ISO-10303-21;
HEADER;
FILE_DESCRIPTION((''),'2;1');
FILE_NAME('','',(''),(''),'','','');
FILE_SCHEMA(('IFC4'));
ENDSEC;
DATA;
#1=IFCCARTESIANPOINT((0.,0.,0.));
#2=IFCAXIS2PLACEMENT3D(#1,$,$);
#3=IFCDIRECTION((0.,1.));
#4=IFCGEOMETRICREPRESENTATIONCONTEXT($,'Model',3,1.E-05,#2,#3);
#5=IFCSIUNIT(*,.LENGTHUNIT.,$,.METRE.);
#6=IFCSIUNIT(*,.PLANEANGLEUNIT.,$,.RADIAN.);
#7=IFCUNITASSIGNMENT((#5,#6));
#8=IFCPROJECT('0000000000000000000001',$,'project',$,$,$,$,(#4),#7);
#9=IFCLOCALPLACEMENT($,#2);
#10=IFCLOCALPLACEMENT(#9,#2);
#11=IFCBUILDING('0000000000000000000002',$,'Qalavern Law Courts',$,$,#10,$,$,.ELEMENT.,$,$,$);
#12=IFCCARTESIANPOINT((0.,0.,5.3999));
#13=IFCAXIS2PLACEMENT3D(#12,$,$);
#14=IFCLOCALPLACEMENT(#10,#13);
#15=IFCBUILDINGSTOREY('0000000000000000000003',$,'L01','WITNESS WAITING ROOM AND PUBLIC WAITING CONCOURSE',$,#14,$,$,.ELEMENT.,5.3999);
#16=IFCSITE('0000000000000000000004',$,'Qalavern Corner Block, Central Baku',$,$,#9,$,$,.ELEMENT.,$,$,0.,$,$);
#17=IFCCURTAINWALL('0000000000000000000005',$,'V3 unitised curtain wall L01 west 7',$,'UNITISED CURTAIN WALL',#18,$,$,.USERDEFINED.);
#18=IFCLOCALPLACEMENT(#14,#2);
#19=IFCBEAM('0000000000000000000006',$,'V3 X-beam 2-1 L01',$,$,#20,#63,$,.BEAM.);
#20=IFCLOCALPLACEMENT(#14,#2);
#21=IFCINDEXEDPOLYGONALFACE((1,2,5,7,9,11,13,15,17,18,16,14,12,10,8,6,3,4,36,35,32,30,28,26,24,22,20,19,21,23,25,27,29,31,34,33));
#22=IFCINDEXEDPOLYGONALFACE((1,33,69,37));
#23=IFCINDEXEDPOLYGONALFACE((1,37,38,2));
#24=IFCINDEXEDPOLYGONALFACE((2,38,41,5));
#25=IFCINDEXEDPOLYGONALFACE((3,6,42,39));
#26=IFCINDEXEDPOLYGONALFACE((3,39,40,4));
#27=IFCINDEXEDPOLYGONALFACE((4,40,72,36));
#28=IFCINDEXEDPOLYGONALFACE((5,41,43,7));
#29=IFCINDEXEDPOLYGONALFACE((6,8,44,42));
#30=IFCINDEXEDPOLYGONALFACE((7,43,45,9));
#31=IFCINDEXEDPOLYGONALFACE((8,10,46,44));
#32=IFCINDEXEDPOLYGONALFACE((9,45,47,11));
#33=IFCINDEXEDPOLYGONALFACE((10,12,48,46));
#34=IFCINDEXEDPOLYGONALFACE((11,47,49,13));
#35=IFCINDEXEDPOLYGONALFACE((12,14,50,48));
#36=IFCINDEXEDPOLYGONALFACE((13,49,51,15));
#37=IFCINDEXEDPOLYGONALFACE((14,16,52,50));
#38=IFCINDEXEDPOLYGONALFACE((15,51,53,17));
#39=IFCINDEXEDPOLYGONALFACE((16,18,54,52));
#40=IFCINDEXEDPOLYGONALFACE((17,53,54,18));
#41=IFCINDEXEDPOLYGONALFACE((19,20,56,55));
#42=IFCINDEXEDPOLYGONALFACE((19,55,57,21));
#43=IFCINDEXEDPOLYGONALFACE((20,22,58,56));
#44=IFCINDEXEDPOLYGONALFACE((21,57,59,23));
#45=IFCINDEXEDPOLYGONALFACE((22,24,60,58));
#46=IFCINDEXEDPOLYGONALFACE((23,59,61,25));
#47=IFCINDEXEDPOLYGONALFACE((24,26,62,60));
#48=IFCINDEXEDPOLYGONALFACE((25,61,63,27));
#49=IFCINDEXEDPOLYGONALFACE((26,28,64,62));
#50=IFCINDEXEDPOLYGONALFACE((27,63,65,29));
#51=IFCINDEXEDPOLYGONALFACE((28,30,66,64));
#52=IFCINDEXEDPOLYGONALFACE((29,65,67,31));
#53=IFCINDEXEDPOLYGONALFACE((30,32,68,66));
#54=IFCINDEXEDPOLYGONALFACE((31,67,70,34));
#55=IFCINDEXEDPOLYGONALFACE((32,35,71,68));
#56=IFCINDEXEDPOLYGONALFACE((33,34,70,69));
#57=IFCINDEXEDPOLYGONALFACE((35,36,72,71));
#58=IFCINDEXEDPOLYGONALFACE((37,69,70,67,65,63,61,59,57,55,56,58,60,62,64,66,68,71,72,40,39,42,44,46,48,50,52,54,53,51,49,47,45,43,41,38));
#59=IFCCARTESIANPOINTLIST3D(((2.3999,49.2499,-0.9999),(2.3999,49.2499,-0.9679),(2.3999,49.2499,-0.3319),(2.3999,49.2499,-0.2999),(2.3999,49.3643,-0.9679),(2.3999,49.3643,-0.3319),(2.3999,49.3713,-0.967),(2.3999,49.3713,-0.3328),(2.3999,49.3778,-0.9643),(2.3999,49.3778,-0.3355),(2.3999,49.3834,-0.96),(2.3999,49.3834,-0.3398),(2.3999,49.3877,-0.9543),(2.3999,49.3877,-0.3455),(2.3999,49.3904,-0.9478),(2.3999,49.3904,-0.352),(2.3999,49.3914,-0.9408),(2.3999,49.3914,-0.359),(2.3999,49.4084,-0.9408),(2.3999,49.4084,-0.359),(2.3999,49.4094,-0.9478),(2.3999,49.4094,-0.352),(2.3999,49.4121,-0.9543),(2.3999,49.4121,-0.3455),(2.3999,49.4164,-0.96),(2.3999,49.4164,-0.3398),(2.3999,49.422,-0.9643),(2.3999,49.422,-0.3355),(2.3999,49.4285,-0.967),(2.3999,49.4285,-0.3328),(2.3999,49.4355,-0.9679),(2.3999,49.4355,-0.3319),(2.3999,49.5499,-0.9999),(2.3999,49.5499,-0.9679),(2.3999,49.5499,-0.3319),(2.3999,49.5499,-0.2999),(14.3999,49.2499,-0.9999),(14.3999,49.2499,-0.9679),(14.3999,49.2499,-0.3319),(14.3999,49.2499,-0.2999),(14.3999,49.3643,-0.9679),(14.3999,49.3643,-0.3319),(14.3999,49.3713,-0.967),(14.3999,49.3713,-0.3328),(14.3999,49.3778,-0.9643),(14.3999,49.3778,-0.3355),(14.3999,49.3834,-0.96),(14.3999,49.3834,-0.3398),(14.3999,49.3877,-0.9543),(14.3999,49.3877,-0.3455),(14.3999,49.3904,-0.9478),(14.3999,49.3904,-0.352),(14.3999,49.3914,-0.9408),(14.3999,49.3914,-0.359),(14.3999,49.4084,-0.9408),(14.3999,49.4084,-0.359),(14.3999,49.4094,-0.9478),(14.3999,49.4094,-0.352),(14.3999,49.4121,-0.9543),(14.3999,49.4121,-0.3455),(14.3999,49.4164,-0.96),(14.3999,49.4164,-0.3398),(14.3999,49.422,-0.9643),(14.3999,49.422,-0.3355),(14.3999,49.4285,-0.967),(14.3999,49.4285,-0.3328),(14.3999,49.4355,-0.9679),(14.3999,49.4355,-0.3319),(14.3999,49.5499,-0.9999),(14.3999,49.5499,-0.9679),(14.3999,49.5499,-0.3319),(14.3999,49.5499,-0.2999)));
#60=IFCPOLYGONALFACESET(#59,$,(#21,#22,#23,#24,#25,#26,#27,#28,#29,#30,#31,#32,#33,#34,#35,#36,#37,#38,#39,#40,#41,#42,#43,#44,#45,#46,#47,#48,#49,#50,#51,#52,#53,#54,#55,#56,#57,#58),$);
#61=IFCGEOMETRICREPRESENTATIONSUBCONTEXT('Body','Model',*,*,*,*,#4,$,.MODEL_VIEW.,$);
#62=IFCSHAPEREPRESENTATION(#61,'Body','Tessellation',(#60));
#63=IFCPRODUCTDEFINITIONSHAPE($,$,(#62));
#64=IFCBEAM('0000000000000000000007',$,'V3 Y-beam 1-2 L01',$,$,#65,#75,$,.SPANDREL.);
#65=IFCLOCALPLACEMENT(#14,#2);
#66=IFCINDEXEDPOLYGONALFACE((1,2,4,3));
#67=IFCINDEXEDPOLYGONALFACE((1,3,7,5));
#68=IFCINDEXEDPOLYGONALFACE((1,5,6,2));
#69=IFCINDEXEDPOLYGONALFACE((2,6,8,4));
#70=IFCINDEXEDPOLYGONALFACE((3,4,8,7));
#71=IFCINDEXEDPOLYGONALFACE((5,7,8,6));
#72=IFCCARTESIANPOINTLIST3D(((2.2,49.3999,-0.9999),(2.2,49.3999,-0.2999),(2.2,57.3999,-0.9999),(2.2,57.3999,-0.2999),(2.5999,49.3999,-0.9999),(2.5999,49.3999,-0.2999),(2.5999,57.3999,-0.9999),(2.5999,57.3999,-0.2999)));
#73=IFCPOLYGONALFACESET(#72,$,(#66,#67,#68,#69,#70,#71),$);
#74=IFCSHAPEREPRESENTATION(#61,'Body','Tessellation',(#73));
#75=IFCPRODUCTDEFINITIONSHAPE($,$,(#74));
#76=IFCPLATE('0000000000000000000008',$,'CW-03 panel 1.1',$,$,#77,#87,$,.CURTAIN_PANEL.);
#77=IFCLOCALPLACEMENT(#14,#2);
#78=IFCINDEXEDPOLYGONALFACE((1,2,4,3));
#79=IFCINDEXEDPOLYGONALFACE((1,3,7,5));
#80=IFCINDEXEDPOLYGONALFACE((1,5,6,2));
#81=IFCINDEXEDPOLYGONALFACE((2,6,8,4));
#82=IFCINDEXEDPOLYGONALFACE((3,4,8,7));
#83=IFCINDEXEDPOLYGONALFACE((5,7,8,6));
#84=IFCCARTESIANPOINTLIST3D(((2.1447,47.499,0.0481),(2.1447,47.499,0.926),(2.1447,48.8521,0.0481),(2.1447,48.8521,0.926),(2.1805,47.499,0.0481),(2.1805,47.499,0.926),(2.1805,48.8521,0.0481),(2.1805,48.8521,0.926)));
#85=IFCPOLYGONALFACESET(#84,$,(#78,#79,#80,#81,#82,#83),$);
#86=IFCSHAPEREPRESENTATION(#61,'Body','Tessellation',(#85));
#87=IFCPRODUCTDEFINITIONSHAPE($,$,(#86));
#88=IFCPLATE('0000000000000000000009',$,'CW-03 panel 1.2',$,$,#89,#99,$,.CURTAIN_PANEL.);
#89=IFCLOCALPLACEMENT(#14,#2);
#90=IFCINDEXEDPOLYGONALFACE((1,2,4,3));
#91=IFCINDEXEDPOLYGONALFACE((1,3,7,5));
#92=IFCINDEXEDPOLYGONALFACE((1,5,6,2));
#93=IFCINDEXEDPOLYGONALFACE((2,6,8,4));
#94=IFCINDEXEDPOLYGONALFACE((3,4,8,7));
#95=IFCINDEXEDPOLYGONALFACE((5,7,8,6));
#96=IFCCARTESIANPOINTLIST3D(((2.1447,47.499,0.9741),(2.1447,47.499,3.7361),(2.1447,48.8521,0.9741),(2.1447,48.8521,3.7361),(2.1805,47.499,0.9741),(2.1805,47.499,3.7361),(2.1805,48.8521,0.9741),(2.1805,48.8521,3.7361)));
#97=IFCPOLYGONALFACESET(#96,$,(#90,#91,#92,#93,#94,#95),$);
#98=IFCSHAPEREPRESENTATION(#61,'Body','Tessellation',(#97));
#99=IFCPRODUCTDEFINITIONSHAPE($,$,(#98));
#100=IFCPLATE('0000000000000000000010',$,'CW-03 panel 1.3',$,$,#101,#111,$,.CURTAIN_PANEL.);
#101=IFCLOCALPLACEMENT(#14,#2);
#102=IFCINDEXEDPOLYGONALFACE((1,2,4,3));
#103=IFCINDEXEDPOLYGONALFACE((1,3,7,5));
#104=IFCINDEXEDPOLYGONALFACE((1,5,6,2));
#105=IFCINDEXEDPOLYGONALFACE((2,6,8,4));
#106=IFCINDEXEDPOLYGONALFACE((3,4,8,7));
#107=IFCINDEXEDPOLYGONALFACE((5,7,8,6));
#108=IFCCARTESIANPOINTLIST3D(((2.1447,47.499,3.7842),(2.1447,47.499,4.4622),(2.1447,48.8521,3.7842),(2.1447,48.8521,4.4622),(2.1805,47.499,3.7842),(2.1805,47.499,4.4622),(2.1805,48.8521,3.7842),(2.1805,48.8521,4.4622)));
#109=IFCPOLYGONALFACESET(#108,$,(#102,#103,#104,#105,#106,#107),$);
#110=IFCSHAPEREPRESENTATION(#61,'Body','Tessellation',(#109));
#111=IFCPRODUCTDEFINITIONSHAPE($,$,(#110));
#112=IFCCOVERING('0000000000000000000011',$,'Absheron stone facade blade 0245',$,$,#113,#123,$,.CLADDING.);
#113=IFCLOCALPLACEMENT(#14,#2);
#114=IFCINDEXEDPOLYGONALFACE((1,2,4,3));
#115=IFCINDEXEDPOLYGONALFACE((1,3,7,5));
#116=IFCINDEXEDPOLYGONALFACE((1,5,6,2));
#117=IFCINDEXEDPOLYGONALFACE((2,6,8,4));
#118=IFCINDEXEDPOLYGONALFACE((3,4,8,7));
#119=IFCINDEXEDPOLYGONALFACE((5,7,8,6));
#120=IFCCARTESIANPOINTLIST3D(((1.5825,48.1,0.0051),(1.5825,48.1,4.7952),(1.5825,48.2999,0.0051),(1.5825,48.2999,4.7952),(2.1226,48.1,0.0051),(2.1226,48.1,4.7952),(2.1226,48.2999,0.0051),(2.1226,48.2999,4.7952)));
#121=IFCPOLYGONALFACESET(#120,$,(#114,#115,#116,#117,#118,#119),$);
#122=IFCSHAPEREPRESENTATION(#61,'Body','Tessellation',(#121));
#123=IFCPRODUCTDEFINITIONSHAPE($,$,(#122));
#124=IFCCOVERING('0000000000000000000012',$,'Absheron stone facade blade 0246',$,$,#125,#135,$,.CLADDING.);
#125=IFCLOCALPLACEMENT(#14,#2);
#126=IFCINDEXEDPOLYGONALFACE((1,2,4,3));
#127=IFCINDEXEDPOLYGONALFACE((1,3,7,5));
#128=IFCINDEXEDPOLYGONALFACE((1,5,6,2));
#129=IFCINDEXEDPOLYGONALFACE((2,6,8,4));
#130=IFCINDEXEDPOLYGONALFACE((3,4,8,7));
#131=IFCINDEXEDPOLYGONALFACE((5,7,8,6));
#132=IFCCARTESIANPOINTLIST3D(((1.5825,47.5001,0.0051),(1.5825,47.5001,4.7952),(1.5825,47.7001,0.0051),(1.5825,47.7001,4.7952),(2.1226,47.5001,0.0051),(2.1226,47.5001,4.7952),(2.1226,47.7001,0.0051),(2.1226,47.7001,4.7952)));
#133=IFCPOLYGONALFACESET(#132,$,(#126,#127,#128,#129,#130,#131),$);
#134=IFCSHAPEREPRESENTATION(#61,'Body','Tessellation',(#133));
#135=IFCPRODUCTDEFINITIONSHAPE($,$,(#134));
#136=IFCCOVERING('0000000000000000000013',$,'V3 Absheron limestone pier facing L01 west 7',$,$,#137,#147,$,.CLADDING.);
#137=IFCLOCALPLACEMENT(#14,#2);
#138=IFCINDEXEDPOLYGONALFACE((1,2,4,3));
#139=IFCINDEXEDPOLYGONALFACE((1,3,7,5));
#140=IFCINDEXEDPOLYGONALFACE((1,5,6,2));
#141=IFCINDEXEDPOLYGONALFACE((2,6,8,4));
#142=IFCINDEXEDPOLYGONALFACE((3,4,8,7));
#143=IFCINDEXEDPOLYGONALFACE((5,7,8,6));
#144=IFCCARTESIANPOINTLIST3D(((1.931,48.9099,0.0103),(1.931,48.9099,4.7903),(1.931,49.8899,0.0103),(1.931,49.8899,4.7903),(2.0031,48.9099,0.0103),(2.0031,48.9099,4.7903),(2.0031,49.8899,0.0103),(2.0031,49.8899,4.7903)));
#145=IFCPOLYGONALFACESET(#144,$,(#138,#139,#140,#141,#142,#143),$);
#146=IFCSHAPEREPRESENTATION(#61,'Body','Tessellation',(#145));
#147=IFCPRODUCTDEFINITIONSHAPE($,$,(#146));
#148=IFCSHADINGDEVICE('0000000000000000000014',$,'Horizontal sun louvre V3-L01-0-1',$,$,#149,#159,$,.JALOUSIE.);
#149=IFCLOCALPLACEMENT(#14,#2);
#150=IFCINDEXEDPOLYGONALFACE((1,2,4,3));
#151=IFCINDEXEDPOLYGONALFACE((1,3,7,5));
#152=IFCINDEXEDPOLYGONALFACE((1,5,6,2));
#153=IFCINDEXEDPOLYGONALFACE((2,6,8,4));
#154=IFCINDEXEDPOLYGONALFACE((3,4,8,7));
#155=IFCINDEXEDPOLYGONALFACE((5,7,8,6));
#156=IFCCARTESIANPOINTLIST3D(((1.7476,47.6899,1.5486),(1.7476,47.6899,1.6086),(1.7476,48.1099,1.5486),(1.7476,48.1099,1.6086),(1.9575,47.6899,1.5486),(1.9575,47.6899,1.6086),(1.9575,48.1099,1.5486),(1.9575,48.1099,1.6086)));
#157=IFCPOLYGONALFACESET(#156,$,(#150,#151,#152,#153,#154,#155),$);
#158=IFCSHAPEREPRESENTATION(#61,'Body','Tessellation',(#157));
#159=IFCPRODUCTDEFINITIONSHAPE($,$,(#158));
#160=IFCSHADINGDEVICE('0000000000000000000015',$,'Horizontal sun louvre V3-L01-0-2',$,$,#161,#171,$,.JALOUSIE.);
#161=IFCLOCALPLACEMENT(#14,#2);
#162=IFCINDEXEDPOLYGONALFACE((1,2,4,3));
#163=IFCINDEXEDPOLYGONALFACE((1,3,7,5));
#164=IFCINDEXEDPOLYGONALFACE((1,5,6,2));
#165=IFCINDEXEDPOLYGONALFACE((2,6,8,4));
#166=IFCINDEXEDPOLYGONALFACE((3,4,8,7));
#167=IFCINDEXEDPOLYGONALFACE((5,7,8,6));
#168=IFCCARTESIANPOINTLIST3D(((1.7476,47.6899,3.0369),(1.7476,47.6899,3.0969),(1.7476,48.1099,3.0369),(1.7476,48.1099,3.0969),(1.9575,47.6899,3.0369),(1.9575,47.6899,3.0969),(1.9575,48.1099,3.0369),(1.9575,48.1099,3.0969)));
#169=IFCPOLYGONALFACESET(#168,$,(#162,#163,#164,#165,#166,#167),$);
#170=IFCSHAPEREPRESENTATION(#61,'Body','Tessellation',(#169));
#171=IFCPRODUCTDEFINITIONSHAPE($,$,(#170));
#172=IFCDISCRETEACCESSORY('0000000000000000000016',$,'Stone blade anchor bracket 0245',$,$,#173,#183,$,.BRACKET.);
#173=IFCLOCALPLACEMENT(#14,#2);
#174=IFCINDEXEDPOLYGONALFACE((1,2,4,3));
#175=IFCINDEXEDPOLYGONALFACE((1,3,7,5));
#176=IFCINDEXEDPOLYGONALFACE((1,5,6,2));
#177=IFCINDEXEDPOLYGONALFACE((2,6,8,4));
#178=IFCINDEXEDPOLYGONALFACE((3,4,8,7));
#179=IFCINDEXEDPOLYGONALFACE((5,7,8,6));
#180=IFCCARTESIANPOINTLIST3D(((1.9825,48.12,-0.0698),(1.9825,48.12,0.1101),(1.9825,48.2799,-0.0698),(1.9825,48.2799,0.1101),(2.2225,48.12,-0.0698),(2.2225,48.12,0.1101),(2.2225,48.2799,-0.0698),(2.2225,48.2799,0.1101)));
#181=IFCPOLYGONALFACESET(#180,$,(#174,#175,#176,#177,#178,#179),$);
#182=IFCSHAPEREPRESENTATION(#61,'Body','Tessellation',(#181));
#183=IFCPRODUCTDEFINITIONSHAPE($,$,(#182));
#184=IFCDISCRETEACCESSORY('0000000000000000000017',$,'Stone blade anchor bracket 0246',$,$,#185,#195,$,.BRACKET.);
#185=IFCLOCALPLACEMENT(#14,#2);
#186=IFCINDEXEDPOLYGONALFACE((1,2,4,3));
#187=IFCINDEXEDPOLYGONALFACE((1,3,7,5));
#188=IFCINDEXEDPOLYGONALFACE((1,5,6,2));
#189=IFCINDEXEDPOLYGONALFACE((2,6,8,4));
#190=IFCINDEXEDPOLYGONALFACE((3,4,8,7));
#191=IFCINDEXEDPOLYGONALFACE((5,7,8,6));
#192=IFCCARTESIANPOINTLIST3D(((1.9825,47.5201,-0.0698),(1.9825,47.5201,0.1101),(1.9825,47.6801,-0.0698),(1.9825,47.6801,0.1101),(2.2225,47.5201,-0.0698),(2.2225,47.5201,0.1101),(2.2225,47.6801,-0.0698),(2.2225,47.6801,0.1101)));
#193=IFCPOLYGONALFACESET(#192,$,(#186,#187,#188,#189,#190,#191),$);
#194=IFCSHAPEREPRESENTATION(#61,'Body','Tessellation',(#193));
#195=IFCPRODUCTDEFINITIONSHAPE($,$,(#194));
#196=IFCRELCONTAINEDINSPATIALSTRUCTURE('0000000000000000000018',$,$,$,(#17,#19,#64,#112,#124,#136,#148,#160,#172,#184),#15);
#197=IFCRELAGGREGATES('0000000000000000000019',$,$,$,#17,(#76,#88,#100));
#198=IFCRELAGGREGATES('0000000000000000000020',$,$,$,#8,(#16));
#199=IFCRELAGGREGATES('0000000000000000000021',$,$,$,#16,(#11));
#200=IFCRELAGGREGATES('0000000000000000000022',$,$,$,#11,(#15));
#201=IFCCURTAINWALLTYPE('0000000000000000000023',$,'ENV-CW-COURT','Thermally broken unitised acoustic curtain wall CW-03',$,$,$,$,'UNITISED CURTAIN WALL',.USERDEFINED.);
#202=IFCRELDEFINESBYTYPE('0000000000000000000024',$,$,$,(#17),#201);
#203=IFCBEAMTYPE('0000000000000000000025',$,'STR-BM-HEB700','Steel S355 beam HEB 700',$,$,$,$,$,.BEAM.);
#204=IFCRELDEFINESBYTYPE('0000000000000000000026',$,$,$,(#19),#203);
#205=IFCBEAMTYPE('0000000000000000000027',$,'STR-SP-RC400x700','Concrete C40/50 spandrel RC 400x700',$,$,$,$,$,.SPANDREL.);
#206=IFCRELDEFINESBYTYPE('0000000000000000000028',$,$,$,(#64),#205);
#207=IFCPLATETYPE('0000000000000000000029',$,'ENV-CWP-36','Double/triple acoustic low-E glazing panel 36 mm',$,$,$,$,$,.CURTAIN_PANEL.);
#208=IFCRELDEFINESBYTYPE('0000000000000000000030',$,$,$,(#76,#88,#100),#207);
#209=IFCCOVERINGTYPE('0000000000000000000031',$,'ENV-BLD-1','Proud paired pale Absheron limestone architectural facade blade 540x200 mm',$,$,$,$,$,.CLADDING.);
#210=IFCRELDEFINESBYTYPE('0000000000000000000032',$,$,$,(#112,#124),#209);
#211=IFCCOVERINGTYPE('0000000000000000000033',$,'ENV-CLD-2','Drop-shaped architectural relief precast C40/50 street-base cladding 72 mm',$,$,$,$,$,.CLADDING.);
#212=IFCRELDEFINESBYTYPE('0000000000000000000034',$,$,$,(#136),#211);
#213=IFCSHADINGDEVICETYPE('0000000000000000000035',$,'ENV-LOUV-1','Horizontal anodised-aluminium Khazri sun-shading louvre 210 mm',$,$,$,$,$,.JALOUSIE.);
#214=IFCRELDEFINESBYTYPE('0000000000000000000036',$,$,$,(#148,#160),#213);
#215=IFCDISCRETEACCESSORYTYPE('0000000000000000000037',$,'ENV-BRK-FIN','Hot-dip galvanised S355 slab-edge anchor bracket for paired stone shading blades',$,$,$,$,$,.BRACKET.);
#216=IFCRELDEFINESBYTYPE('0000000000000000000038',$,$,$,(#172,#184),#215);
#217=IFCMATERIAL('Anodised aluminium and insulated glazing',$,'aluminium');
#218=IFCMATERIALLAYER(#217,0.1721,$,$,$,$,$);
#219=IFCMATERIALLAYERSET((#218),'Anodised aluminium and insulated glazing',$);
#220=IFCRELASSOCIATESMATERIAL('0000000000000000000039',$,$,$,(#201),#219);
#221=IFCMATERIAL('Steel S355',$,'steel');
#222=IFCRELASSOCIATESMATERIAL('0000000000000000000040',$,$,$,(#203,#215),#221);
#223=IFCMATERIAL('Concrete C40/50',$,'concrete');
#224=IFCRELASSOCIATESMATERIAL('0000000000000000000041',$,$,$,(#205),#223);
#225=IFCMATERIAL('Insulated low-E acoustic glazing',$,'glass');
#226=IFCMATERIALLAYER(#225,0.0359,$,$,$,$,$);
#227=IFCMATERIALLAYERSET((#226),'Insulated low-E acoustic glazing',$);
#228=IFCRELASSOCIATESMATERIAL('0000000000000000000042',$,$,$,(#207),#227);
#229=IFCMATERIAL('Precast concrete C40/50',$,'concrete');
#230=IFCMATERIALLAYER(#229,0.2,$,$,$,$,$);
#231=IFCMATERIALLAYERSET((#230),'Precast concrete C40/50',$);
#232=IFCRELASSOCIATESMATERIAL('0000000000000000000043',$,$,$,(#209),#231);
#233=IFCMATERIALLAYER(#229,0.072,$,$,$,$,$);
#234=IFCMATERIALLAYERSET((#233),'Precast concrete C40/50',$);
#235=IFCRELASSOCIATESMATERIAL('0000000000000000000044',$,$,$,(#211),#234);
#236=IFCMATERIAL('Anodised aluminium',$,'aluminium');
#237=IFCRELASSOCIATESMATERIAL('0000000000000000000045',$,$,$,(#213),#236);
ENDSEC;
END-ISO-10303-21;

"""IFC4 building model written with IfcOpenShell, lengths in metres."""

from ifc_helpers import new_model, si_unit, direction, frame, origin, origin_2d, place, context, subcontext, project, spatial, rectangle, i_section, extrude, material, layer, layer_set, material_profile, profile_set, type_object, element, aggregate, save


model = new_model("IFC4")

# Units and contexts
model_context = context("Model", 3, precision=1e-05, world=origin(), true_north=direction((0.0, 1.0)))
body_context = subcontext(model_context, "Body", "Model", "MODEL_VIEW")
ifc_project = project(units=[si_unit("LENGTHUNIT", "METRE"), si_unit("PLANEANGLEUNIT", "RADIAN")], contexts=[model_context])

# Site, building, storey
site_placement = place(None, origin())
site = spatial("IfcSite", under=ifc_project, at=site_placement, Name="Qalavern Corner Block, Central Baku", CompositionType="ELEMENT", RefElevation=0.0)
building_placement = place(site_placement, origin())
building = spatial("IfcBuilding", under=site, at=building_placement, Name="Qalavern Law Courts", CompositionType="ELEMENT")
storey_placement = place(building_placement, frame((0.0, 0.0, 5.3999)))
storey = spatial("IfcBuildingStorey", under=building, at=storey_placement, Name="L01", Description="WITNESS WAITING ROOM AND PUBLIC WAITING CONCOURSE", CompositionType="ELEMENT", Elevation=5.3999)

# Curtain wall
ifc_material_1 = material(Name="Anodised aluminium and insulated glazing", Category="aluminium")
ifc_layer_1 = layer(ifc_material_1, 0.1721)
ifc_layer_set_1 = layer_set([ifc_layer_1], Name="Anodised aluminium and insulated glazing")
curtain_wall_type = type_object("IfcCurtainWallType", Name="ENV-CW-COURT", Description="Thermally broken unitised acoustic curtain wall CW-03", ElementType="UNITISED CURTAIN WALL", PredefinedType="USERDEFINED", material=ifc_layer_set_1)
curtain_wall_placement = place(storey_placement, origin())
curtain_wall = element("IfcCurtainWall", 1, at=curtain_wall_placement, inside=storey, type_object=curtain_wall_type, Name="V3 unitised curtain wall L01 west 7", ObjectType="UNITISED CURTAIN WALL", PredefinedType="USERDEFINED")
ifc_material_2 = material(Name="Anodised aluminium", Category="aluminium")

# Beams
ifc_material_3 = material(Name="Steel S355", Category="steel")
ifc_material_profile_1 = material_profile(ifc_material_3, i_section(OverallWidth=0.3, OverallDepth=0.7, WebThickness=0.0171, FlangeThickness=0.032, FilletRadius=0.0271, at=origin_2d()), Name="HEB 700")
ifc_profile_set_1 = profile_set([ifc_material_profile_1], Name="Steel S355")
beam_type_1 = type_object("IfcBeamType", Name="STR-BM-HEB700", Description="Steel S355 beam HEB 700", PredefinedType="BEAM", material=ifc_profile_set_1)
beam_1_placement = place(storey_placement, frame((2.3999, 49.3999, -0.6499), z_axis=(1.0, 0.0, 0.0), x_axis=(0.0, 1.0, 0.0)))
element("IfcBeam", 2, at=beam_1_placement, inside=storey, type_object=beam_type_1, Name="V3 X-beam 2-1 L01", PredefinedType="BEAM", context=body_context, shape_type="SweptSolid", body=[
    extrude(i_section(OverallWidth=0.3, OverallDepth=0.7, WebThickness=0.0171, FlangeThickness=0.032, FilletRadius=0.0271, at=origin_2d()), origin(), (0.0, 0.0, 1.0), 12.0),
])
ifc_material_4 = material(Name="Concrete C40/50", Category="concrete")
ifc_material_profile_2 = material_profile(ifc_material_4, rectangle(XDim=0.3999, YDim=0.7, at=origin_2d()), Name="RC 400x700")
ifc_profile_set_2 = profile_set([ifc_material_profile_2], Name="Concrete C40/50")
beam_type_2 = type_object("IfcBeamType", Name="STR-SP-RC400x700", Description="Concrete C40/50 spandrel RC 400x700", PredefinedType="SPANDREL", material=ifc_profile_set_2)
beam_2_placement = place(storey_placement, frame((2.3999, 49.3999, -0.6499), z_axis=(0.0, 1.0, 0.0), x_axis=(-1.0, 0.0, 0.0)))
element("IfcBeam", 3, at=beam_2_placement, inside=storey, type_object=beam_type_2, Name="V3 Y-beam 1-2 L01", PredefinedType="SPANDREL", context=body_context, shape_type="SweptSolid", body=[
    extrude(rectangle(XDim=0.3999, YDim=0.7, at=origin_2d()), origin(), (0.0, 0.0, 1.0), 8.0),
])

# Plates
ifc_material_5 = material(Name="Insulated low-E acoustic glazing", Category="glass")
ifc_layer_2 = layer(ifc_material_5, 0.0359)
ifc_layer_set_2 = layer_set([ifc_layer_2], Name="Insulated low-E acoustic glazing")
plate_type = type_object("IfcPlateType", Name="ENV-CWP-36", Description="Double/triple acoustic low-E glazing panel 36 mm", PredefinedType="CURTAIN_PANEL", material=ifc_layer_set_2)
plate_1_placement = place(storey_placement, frame((2.1626, 48.1755, 0.0481), z_axis=(0.0, 0.0, 1.0), x_axis=(0.0, -1.0, 0.0)))
plate_1 = element("IfcPlate", 4, at=plate_1_placement, type_object=plate_type, Name="CW-03 panel 1.1", PredefinedType="CURTAIN_PANEL", context=body_context, shape_type="SweptSolid", body=[
    extrude(rectangle(XDim=1.353, YDim=0.0359, at=origin_2d()), origin(), (0.0, 0.0, 1.0), 0.8779),
])
plate_2_placement = place(storey_placement, frame((2.1626, 48.1755, 0.9741), z_axis=(0.0, 0.0, 1.0), x_axis=(0.0, -1.0, 0.0)))
plate_2 = element("IfcPlate", 5, at=plate_2_placement, type_object=plate_type, Name="CW-03 panel 1.2", PredefinedType="CURTAIN_PANEL", context=body_context, shape_type="SweptSolid", body=[
    extrude(rectangle(XDim=1.353, YDim=0.0359, at=origin_2d()), origin(), (0.0, 0.0, 1.0), 2.762),
])
plate_3_placement = place(storey_placement, frame((2.1626, 48.1755, 3.7842), z_axis=(0.0, 0.0, 1.0), x_axis=(0.0, -1.0, 0.0)))
plate_3 = element("IfcPlate", 6, at=plate_3_placement, type_object=plate_type, Name="CW-03 panel 1.3", PredefinedType="CURTAIN_PANEL", context=body_context, shape_type="SweptSolid", body=[
    extrude(rectangle(XDim=1.353, YDim=0.0359, at=origin_2d()), origin(), (0.0, 0.0, 1.0), 0.678),
])
aggregate(curtain_wall, [plate_1, plate_2, plate_3])

# Coverings
ifc_material_6 = material(Name="Precast concrete C40/50", Category="concrete")
ifc_layer_3 = layer(ifc_material_6, 0.2)
ifc_layer_set_3 = layer_set([ifc_layer_3], Name="Precast concrete C40/50")
covering_type_1 = type_object("IfcCoveringType", Name="ENV-BLD-1", Description="Proud paired pale Absheron limestone architectural facade blade 540x200 mm", PredefinedType="CLADDING", material=ifc_layer_set_3)
for number, where, z_axis, x_axis, name in (
    (7, (1.8525, 48.2, 0.0051), (0.0, 0.0, 1.0), (-1.0, 0.0, 0.0), "Absheron stone facade blade 0245"),
    (8, (1.8525, 47.6001, 0.0051), (0.0, 0.0, 1.0), (-1.0, 0.0, 0.0), "Absheron stone facade blade 0246"),
):
    element("IfcCovering", number, at=place(storey_placement, frame(where, z_axis=z_axis, x_axis=x_axis)), inside=storey, type_object=covering_type_1, Name=name, PredefinedType="CLADDING", context=body_context, shape_type="SweptSolid", body=[
        extrude(rectangle(XDim=0.54, YDim=0.2, at=origin_2d()), origin(), (0.0, 0.0, 1.0), 4.79),
    ])
ifc_layer_4 = layer(ifc_material_6, 0.072)
ifc_layer_set_4 = layer_set([ifc_layer_4], Name="Precast concrete C40/50")
covering_type_2 = type_object("IfcCoveringType", Name="ENV-CLD-2", Description="Drop-shaped architectural relief precast C40/50 street-base cladding 72 mm", PredefinedType="CLADDING", material=ifc_layer_set_4)
covering_placement = place(storey_placement, frame((1.967, 49.3999, 0.0103), z_axis=(0.0, 0.0, 1.0), x_axis=(0.0, -1.0, 0.0)))
element("IfcCovering", 9, at=covering_placement, inside=storey, type_object=covering_type_2, Name="V3 Absheron limestone pier facing L01 west 7", PredefinedType="CLADDING", context=body_context, shape_type="SweptSolid", body=[
    extrude(rectangle(XDim=0.98, YDim=0.072, at=origin_2d()), origin(), (0.0, 0.0, 1.0), 4.78),
])

# Shading devices
shading_device_type = type_object("IfcShadingDeviceType", Name="ENV-LOUV-1", Description="Horizontal anodised-aluminium Khazri sun-shading louvre 210 mm", PredefinedType="JALOUSIE", material=ifc_material_2)
for number, where, z_axis, x_axis, name in (
    (10, (1.8525, 47.8999, 1.5486), (0.0, 0.0, 1.0), (0.0, -1.0, 0.0), "Horizontal sun louvre V3-L01-0-1"),
    (11, (1.8525, 47.8999, 3.0369), (0.0, 0.0, 1.0), (0.0, -1.0, 0.0), "Horizontal sun louvre V3-L01-0-2"),
):
    element("IfcShadingDevice", number, at=place(storey_placement, frame(where, z_axis=z_axis, x_axis=x_axis)), inside=storey, type_object=shading_device_type, Name=name, PredefinedType="JALOUSIE", context=body_context, shape_type="SweptSolid", body=[
        extrude(rectangle(XDim=0.4199, YDim=0.21, at=origin_2d()), origin(), (0.0, 0.0, 1.0), 0.0601),
    ])

# Discrete accessories
discrete_accessory_type = type_object("IfcDiscreteAccessoryType", Name="ENV-BRK-FIN", Description="Hot-dip galvanised S355 slab-edge anchor bracket for paired stone shading blades", PredefinedType="BRACKET", material=ifc_material_3)
for number, where, z_axis, x_axis, name in (
    (12, (2.1025, 48.2, -0.0698), (0.0, 0.0, 1.0), (-1.0, 0.0, 0.0), "Stone blade anchor bracket 0245"),
    (13, (2.1025, 47.6001, -0.0698), (0.0, 0.0, 1.0), (-1.0, 0.0, 0.0), "Stone blade anchor bracket 0246"),
):
    element("IfcDiscreteAccessory", number, at=place(storey_placement, frame(where, z_axis=z_axis, x_axis=x_axis)), inside=storey, type_object=discrete_accessory_type, Name=name, PredefinedType="BRACKET", context=body_context, shape_type="SweptSolid", body=[
        extrude(rectangle(XDim=0.24, YDim=0.1599, at=origin_2d()), origin(), (0.0, 0.0, 1.0), 0.1799),
    ])

save(model, "model.ifc")
